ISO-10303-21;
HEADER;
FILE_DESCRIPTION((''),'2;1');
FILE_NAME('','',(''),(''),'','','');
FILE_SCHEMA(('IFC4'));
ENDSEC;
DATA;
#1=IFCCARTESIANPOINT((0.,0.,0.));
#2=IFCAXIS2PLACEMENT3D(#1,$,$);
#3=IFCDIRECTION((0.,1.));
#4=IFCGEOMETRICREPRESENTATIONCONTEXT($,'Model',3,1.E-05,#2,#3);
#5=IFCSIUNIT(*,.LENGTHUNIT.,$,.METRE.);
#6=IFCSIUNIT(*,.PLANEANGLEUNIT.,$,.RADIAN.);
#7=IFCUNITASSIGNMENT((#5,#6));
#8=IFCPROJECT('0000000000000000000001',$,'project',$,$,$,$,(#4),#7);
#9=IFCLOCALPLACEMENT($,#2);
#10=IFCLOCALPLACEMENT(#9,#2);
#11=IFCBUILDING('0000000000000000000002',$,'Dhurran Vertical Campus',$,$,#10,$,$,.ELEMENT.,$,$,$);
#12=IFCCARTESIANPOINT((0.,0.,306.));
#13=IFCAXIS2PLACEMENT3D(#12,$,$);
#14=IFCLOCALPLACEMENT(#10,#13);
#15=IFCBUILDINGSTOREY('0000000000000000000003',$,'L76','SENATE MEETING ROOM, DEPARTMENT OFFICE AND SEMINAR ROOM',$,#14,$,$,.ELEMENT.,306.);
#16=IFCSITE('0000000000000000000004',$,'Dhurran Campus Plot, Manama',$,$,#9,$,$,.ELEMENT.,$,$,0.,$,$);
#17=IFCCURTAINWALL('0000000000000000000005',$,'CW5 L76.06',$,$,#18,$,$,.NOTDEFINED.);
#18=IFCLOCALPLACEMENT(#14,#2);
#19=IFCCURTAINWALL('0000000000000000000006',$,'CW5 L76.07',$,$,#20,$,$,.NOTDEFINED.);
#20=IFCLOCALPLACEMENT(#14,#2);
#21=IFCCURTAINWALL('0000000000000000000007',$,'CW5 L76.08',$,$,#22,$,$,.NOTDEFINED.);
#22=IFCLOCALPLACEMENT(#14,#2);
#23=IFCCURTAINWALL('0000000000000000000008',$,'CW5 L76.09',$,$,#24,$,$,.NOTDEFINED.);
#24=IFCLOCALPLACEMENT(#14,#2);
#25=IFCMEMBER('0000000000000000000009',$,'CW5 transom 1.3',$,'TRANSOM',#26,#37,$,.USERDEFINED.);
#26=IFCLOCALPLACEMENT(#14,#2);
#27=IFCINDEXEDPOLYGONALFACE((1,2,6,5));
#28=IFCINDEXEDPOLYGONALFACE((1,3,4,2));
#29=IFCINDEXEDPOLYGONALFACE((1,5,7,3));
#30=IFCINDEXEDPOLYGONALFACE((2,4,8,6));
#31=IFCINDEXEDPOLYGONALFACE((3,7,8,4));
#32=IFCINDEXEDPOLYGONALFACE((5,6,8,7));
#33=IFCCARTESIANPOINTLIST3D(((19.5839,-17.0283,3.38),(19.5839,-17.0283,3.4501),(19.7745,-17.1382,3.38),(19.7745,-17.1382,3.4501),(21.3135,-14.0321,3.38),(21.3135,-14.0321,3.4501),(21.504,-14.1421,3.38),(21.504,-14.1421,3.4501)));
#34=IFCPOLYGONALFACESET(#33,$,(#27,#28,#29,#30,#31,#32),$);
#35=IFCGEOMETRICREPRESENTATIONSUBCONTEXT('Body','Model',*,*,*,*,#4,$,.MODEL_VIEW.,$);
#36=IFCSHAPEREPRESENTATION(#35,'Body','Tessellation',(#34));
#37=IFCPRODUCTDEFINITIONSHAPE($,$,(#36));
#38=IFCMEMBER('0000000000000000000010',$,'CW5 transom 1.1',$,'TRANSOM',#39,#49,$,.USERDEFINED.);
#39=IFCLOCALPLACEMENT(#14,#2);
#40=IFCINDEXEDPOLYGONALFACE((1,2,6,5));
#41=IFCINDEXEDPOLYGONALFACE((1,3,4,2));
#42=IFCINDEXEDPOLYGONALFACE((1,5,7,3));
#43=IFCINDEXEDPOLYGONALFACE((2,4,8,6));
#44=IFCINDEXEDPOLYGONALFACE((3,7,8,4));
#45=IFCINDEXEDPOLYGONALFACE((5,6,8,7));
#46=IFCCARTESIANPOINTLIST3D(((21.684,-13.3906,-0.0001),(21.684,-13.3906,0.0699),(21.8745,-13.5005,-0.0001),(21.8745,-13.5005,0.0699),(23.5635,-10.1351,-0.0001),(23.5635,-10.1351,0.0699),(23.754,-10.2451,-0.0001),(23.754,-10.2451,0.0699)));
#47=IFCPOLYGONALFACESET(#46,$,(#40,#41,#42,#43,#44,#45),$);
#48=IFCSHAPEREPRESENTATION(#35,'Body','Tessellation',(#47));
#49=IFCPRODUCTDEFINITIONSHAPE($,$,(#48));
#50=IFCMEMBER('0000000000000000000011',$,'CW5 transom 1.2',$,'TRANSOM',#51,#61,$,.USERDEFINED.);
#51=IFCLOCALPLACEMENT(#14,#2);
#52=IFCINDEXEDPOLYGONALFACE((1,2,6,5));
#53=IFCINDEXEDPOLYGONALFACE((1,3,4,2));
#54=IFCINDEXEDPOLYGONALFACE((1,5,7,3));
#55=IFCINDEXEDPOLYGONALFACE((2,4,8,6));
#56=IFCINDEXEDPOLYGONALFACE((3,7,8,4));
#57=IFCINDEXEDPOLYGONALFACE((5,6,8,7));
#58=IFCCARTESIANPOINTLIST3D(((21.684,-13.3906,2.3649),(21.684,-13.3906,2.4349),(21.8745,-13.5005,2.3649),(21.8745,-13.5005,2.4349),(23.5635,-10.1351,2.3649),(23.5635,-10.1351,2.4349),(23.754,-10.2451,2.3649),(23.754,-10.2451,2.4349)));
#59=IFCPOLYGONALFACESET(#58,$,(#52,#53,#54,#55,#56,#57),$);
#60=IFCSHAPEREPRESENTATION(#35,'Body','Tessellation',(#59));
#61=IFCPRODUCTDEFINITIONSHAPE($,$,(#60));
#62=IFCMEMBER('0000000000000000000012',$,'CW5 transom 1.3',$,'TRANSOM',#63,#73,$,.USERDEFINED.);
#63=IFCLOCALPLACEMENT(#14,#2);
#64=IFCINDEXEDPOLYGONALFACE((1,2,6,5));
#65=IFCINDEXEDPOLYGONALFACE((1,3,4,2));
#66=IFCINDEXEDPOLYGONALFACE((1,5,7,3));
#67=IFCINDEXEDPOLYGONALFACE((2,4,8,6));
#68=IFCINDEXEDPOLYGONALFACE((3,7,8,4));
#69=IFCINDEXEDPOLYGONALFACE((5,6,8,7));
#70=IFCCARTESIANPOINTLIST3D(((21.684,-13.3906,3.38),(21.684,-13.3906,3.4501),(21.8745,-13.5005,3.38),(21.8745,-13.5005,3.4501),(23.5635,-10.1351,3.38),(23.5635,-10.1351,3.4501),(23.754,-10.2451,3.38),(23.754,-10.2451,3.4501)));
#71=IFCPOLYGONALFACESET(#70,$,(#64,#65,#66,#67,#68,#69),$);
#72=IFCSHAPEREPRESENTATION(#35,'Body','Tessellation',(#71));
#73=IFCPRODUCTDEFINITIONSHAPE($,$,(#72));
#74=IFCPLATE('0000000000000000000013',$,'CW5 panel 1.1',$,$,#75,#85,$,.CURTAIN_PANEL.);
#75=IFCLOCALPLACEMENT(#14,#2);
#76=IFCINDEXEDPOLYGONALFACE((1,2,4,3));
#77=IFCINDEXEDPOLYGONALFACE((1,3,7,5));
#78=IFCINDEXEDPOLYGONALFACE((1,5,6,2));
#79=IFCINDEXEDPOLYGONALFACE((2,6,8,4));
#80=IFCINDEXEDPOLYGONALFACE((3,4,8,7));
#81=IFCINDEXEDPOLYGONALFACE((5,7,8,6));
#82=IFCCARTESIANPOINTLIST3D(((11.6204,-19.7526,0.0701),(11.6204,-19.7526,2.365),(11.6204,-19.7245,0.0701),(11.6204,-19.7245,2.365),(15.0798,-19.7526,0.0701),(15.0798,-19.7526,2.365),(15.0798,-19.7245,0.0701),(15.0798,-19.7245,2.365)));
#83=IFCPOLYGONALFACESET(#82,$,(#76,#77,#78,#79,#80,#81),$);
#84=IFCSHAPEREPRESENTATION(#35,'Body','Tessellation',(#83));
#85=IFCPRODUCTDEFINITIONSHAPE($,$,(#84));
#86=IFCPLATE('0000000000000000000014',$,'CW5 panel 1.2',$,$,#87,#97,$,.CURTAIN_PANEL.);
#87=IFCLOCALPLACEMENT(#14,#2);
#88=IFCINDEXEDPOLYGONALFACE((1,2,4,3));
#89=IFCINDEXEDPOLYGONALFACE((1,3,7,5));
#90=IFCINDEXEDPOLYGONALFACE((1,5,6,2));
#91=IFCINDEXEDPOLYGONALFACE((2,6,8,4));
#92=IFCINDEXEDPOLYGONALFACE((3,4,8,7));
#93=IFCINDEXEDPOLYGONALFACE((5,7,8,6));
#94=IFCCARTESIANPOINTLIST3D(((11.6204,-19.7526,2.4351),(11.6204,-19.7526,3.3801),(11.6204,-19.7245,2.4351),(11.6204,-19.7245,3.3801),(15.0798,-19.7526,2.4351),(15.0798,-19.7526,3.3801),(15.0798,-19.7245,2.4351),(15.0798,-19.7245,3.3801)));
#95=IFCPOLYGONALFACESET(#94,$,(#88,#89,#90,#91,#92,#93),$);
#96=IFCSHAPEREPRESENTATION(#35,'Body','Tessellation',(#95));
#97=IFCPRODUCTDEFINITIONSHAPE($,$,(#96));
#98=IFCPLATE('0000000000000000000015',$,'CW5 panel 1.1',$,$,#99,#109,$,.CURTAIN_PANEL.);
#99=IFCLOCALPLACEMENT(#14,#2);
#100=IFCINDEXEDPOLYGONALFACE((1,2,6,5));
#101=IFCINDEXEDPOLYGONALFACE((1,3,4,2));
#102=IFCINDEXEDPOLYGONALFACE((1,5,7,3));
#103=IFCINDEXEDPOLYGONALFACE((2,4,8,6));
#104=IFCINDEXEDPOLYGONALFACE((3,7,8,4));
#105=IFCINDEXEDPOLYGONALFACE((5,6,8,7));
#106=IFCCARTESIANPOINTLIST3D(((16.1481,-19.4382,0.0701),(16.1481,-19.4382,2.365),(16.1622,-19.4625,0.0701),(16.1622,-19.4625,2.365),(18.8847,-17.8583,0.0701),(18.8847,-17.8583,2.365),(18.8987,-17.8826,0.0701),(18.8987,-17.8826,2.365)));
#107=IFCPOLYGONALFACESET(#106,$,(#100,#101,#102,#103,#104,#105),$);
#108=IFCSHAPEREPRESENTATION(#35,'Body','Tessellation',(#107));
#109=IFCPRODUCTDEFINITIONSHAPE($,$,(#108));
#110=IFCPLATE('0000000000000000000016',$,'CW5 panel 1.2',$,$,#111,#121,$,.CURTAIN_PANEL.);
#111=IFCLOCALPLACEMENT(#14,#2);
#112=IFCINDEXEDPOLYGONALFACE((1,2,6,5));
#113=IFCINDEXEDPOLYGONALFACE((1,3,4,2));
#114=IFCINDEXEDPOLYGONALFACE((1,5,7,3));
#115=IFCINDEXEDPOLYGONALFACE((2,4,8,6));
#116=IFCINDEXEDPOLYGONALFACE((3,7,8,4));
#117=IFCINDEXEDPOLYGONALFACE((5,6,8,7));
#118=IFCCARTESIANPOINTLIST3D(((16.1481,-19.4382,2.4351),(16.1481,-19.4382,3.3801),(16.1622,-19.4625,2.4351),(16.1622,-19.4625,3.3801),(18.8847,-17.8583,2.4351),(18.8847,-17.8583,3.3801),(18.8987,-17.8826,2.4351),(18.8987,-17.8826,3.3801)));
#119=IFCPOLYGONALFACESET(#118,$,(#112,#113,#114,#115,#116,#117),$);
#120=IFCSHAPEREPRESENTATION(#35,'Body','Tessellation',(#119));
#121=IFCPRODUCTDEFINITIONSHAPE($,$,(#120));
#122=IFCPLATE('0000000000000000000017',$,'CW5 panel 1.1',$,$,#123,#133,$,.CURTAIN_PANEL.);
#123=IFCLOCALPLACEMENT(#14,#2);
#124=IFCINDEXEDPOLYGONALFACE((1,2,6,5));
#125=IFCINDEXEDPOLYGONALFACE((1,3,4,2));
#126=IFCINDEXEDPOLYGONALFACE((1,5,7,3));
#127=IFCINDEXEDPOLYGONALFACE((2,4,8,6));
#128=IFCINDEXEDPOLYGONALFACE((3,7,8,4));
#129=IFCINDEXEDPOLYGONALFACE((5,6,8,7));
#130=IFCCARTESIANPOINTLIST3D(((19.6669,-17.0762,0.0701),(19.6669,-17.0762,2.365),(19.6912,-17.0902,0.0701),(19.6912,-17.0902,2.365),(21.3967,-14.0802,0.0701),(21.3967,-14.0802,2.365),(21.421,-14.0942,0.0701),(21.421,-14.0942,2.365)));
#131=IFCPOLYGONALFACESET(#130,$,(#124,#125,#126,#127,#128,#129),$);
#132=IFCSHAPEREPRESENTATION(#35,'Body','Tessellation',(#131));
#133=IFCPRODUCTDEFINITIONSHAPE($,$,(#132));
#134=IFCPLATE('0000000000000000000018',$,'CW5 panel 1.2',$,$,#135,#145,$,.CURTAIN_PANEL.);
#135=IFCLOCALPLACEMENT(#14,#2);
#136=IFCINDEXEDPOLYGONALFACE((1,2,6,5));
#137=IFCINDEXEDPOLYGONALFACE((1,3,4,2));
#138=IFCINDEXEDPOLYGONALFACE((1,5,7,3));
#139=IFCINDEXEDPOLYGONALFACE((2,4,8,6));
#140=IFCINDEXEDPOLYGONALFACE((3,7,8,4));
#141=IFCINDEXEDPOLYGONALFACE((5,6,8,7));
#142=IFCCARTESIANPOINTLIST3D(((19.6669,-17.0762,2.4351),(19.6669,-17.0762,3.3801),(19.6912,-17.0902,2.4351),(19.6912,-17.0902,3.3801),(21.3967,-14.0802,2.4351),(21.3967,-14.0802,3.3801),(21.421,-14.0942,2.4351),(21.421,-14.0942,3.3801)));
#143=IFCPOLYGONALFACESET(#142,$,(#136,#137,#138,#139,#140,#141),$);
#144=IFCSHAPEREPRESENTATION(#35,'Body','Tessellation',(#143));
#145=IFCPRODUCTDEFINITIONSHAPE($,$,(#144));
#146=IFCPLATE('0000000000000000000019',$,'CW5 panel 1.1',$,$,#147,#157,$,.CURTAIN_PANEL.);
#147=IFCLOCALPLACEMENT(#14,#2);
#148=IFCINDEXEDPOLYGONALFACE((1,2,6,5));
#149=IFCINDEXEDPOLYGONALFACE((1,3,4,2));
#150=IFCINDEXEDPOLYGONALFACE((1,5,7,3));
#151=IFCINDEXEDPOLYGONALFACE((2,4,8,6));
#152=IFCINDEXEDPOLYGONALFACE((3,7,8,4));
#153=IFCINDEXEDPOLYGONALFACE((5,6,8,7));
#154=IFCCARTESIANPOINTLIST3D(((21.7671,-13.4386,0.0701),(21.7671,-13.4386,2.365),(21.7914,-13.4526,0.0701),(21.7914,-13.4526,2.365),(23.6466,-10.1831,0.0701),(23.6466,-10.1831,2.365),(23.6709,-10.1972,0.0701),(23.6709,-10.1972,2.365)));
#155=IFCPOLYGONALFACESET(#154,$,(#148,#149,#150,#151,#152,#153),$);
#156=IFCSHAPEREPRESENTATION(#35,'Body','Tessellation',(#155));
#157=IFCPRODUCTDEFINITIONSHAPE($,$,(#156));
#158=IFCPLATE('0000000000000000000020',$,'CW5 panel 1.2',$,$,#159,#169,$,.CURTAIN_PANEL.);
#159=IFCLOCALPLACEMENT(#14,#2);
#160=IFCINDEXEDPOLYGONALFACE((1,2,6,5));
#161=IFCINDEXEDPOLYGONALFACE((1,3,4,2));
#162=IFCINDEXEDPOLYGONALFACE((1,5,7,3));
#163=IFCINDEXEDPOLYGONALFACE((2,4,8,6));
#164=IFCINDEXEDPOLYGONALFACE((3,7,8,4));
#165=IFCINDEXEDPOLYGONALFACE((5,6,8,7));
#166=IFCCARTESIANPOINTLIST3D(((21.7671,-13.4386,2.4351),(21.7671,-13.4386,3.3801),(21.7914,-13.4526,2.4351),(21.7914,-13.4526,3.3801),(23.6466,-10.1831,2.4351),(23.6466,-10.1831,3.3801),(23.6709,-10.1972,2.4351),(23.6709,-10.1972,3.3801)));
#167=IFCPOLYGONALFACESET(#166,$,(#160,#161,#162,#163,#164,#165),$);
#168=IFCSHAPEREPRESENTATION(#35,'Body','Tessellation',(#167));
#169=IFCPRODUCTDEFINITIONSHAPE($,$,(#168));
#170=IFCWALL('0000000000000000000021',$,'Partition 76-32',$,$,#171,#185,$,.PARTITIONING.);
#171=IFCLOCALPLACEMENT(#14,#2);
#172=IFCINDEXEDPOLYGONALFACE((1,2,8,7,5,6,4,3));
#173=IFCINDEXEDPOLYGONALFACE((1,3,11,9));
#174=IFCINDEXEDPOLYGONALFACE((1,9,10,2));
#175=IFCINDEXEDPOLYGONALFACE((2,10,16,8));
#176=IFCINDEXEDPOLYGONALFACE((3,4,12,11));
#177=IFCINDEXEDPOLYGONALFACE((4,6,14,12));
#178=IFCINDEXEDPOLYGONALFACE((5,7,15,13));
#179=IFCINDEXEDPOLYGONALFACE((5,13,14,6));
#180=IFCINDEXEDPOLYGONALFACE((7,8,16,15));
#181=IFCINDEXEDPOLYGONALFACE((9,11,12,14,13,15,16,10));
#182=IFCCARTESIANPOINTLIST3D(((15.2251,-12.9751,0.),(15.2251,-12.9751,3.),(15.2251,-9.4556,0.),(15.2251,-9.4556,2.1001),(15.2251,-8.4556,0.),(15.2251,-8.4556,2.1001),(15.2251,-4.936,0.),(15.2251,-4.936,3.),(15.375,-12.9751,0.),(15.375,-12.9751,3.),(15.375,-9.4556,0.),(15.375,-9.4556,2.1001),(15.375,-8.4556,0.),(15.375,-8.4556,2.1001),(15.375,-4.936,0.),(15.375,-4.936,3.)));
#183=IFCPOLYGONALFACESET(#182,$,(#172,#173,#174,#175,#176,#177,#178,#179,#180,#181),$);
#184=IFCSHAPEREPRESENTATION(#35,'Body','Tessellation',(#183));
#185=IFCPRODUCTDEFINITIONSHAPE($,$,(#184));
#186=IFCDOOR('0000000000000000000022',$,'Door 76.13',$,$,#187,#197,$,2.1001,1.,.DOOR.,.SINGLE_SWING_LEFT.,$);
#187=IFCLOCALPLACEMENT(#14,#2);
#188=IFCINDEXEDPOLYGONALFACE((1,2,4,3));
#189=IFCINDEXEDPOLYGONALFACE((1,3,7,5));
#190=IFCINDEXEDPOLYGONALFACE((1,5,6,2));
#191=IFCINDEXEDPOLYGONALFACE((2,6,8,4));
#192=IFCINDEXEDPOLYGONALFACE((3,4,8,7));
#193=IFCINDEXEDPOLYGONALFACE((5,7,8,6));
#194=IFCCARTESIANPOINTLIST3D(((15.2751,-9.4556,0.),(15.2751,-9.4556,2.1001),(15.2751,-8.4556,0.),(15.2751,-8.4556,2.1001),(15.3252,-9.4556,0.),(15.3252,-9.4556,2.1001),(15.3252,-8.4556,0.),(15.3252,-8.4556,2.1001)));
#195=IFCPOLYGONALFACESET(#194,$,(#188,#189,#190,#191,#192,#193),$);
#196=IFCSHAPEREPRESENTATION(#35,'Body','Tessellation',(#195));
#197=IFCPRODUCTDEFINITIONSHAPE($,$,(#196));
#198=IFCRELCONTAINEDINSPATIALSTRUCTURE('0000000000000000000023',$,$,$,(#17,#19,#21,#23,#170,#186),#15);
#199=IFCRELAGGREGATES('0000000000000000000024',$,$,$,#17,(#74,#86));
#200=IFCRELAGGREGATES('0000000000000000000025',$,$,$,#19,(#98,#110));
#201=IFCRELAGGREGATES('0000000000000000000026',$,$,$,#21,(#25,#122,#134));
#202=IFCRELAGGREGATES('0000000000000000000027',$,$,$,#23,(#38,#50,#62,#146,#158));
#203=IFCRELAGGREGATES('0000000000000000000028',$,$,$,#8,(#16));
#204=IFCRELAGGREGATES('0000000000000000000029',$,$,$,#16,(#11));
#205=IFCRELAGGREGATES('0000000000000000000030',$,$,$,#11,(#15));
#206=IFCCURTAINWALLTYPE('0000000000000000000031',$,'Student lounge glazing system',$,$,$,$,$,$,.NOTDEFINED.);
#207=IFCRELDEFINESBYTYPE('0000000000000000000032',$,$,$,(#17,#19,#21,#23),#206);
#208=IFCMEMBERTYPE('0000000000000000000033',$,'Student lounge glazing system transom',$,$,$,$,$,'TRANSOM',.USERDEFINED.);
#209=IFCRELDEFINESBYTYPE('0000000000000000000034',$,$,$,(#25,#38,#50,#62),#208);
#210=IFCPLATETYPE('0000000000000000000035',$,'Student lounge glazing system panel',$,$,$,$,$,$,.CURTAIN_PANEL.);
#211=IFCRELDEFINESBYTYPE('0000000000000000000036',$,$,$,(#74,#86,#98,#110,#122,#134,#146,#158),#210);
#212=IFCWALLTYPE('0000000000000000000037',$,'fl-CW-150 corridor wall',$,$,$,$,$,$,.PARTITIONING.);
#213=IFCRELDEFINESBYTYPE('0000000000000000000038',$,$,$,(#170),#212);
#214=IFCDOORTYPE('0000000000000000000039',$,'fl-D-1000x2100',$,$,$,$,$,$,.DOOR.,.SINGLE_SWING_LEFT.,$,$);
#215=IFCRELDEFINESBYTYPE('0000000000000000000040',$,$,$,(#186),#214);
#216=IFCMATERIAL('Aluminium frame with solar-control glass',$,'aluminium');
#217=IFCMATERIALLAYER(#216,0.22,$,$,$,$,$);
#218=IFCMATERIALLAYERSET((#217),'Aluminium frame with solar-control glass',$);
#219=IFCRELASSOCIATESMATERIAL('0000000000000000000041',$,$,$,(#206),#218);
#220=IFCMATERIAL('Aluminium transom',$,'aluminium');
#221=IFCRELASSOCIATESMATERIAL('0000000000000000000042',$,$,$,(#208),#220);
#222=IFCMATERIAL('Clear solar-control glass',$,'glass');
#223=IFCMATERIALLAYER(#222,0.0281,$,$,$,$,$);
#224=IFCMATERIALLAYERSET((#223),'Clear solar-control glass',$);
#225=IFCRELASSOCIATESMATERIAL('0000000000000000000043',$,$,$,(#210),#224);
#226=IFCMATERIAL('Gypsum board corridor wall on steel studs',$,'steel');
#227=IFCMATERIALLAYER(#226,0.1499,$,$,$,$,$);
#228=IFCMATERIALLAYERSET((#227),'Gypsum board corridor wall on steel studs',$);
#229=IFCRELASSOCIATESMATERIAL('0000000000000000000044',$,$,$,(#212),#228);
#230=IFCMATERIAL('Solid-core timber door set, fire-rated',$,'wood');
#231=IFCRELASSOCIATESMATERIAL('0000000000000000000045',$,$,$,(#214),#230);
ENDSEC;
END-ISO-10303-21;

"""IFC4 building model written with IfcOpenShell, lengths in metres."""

from ifc_helpers import new_model, si_unit, direction, frame, frame_2d, origin, origin_2d, place, context, subcontext, project, spatial, rectangle, extrude, material, layer, layer_set, material_profile, profile_set, type_object, element, fill, aggregate, save


model = new_model("IFC4")

# Units and contexts
model_context = context("Model", 3, precision=1e-05, world=origin(), true_north=direction((0.0, 1.0)))
body_context = subcontext(model_context, "Body", "Model", "MODEL_VIEW")
ifc_project = project(units=[si_unit("LENGTHUNIT", "METRE"), si_unit("PLANEANGLEUNIT", "RADIAN")], contexts=[model_context])

# Site, building, storey
site_placement = place(None, origin())
site = spatial("IfcSite", under=ifc_project, at=site_placement, Name="Dhurran Campus Plot, Manama", CompositionType="ELEMENT", RefElevation=0.0)
building_placement = place(site_placement, origin())
building = spatial("IfcBuilding", under=site, at=building_placement, Name="Dhurran Vertical Campus", CompositionType="ELEMENT")
storey_placement = place(building_placement, frame((0.0, 0.0, 306.0)))
storey = spatial("IfcBuildingStorey", under=building, at=storey_placement, Name="L76", Description="SENATE MEETING ROOM, DEPARTMENT OFFICE AND SEMINAR ROOM", CompositionType="ELEMENT", Elevation=306.0)

# Curtain wall
ifc_material_1 = material(Name="Aluminium frame with solar-control glass", Category="aluminium")
ifc_layer_1 = layer(ifc_material_1, 0.22)
ifc_layer_set_1 = layer_set([ifc_layer_1], Name="Aluminium frame with solar-control glass")
curtain_wall_type = type_object("IfcCurtainWallType", Name="Student lounge glazing system", PredefinedType="NOTDEFINED", material=ifc_layer_set_1)
curtain_wall_1_placement = place(storey_placement, origin())
curtain_wall_1 = element("IfcCurtainWall", 1, at=curtain_wall_1_placement, inside=storey, type_object=curtain_wall_type, Name="CW5 L76.06", PredefinedType="NOTDEFINED")

# Curtain walls
curtain_wall_2_placement = place(storey_placement, origin())
curtain_wall_2 = element("IfcCurtainWall", 2, at=curtain_wall_2_placement, inside=storey, type_object=curtain_wall_type, Name="CW5 L76.07", PredefinedType="NOTDEFINED")
curtain_wall_3_placement = place(storey_placement, origin())
curtain_wall_3 = element("IfcCurtainWall", 3, at=curtain_wall_3_placement, inside=storey, type_object=curtain_wall_type, Name="CW5 L76.08", PredefinedType="NOTDEFINED")

# Curtain wall
curtain_wall_4_placement = place(storey_placement, origin())
curtain_wall_4 = element("IfcCurtainWall", 4, at=curtain_wall_4_placement, inside=storey, type_object=curtain_wall_type, Name="CW5 L76.09", PredefinedType="NOTDEFINED")

# Members
ifc_material_2 = material(Name="Aluminium transom", Category="aluminium")
ifc_material_profile_1 = material_profile(ifc_material_2, rectangle(XDim=0.22, YDim=0.0701, at=origin_2d()), Name="Student lounge glazing system transom")
ifc_profile_set_1 = profile_set([ifc_material_profile_1], Name="Aluminium transom")
member_type_1 = type_object("IfcMemberType", Name="Student lounge glazing system transom", ElementType="TRANSOM", PredefinedType="USERDEFINED", material=ifc_profile_set_1)
member_1_placement = place(storey_placement, frame((19.6792, -17.0833, 3.415), z_axis=(0.499934, 0.866063, 0.0), x_axis=(-0.866063, 0.499934, 0.0)))
member_1 = element("IfcMember", 5, at=member_1_placement, type_object=member_type_1, Name="CW5 transom 1.3", ObjectType="TRANSOM", PredefinedType="USERDEFINED", context=body_context, shape_type="SweptSolid", body=[
    extrude(rectangle(XDim=0.22, YDim=0.0701, at=origin_2d()), origin(), (0.0, 0.0, 1.0), 3.4595),
])
member_2_placement = place(storey_placement, frame((21.7793, -13.4456, 0.0349), z_axis=(0.499981, 0.866036, 0.0), x_axis=(-0.866036, 0.499981, 0.0)))
member_2 = element("IfcMember", 6, at=member_2_placement, type_object=member_type_1, Name="CW5 transom 1.1", ObjectType="TRANSOM", PredefinedType="USERDEFINED", context=body_context, shape_type="SweptSolid", body=[
    extrude(rectangle(XDim=0.22, YDim=0.0701, at=origin_2d()), origin(), (0.0, 0.0, 1.0), 3.759),
])
member_3_placement = place(storey_placement, frame((21.7793, -13.4456, 2.3999), z_axis=(0.499981, 0.866036, 0.0), x_axis=(-0.866036, 0.499981, 0.0)))
member_3 = element("IfcMember", 7, at=member_3_placement, type_object=member_type_1, Name="CW5 transom 1.2", ObjectType="TRANSOM", PredefinedType="USERDEFINED", context=body_context, shape_type="SweptSolid", body=[
    extrude(rectangle(XDim=0.22, YDim=0.0701, at=origin_2d()), origin(), (0.0, 0.0, 1.0), 3.759),
])
member_4_placement = place(storey_placement, frame((21.7793, -13.4456, 3.415), z_axis=(0.499981, 0.866036, 0.0), x_axis=(-0.866036, 0.499981, 0.0)))
member_4 = element("IfcMember", 8, at=member_4_placement, type_object=member_type_1, Name="CW5 transom 1.3", ObjectType="TRANSOM", PredefinedType="USERDEFINED", context=body_context, shape_type="SweptSolid", body=[
    extrude(rectangle(XDim=0.22, YDim=0.0701, at=origin_2d()), origin(), (0.0, 0.0, 1.0), 3.759),
])

# Plates
ifc_material_3 = material(Name="Clear solar-control glass", Category="glass")
ifc_layer_2 = layer(ifc_material_3, 0.0281)
ifc_layer_set_2 = layer_set([ifc_layer_2], Name="Clear solar-control glass")
plate_type = type_object("IfcPlateType", Name="Student lounge glazing system panel", PredefinedType="CURTAIN_PANEL", material=ifc_layer_set_2)
plate_1_placement = place(storey_placement, frame((13.3501, -19.7385, 0.0701), z_axis=(0.0, 0.0, 1.0), x_axis=(1.0, 0.0, 0.0)))
plate_1 = element("IfcPlate", 9, at=plate_1_placement, type_object=plate_type, Name="CW5 panel 1.1", PredefinedType="CURTAIN_PANEL", context=body_context, shape_type="SweptSolid", body=[
    extrude(rectangle(XDim=3.4595, YDim=0.0281, at=origin_2d()), origin(), (0.0, 0.0, 1.0), 2.2949),
])
plate_2_placement = place(storey_placement, frame((13.3501, -19.7385, 2.4351), z_axis=(0.0, 0.0, 1.0), x_axis=(1.0, 0.0, 0.0)))
plate_2 = element("IfcPlate", 10, at=plate_2_placement, type_object=plate_type, Name="CW5 panel 1.2", PredefinedType="CURTAIN_PANEL", context=body_context, shape_type="SweptSolid", body=[
    extrude(rectangle(XDim=3.4595, YDim=0.0281, at=origin_2d()), origin(), (0.0, 0.0, 1.0), 0.9451),
])
aggregate(curtain_wall_1, [plate_1, plate_2])
plate_3_placement = place(storey_placement, frame((17.5234, -18.6604, 0.0701), z_axis=(0.0, 0.0, 1.0), x_axis=(0.866025, 0.500001, 0.0)))
plate_3 = element("IfcPlate", 11, at=plate_3_placement, type_object=plate_type, Name="CW5 panel 1.1", PredefinedType="CURTAIN_PANEL", context=body_context, shape_type="SweptSolid", body=[
    extrude(rectangle(XDim=3.1599, YDim=0.0281, at=origin_2d()), origin(), (0.0, 0.0, 1.0), 2.2949),
])
plate_4_placement = place(storey_placement, frame((17.5234, -18.6604, 2.4351), z_axis=(0.0, 0.0, 1.0), x_axis=(0.866025, 0.500001, 0.0)))
plate_4 = element("IfcPlate", 12, at=plate_4_placement, type_object=plate_type, Name="CW5 panel 1.2", PredefinedType="CURTAIN_PANEL", context=body_context, shape_type="SweptSolid", body=[
    extrude(rectangle(XDim=3.1599, YDim=0.0281, at=origin_2d()), origin(), (0.0, 0.0, 1.0), 0.9451),
])
aggregate(curtain_wall_2, [plate_3, plate_4])
plate_5_placement = place(storey_placement, frame((20.5439, -15.5852, 0.0701), z_axis=(0.0, 0.0, 1.0), x_axis=(0.499997, 0.866027, 0.0)))
plate_5 = element("IfcPlate", 13, at=plate_5_placement, type_object=plate_type, Name="CW5 panel 1.1", PredefinedType="CURTAIN_PANEL", context=body_context, shape_type="SweptSolid", body=[
    extrude(rectangle(XDim=3.4595, YDim=0.0281, at=origin_2d()), origin(), (0.0, 0.0, 1.0), 2.2949),
])
plate_6_placement = place(storey_placement, frame((20.5439, -15.5852, 2.4351), z_axis=(0.0, 0.0, 1.0), x_axis=(0.499997, 0.866027, 0.0)))
plate_6 = element("IfcPlate", 14, at=plate_6_placement, type_object=plate_type, Name="CW5 panel 1.2", PredefinedType="CURTAIN_PANEL", context=body_context, shape_type="SweptSolid", body=[
    extrude(rectangle(XDim=3.4595, YDim=0.0281, at=origin_2d()), origin(), (0.0, 0.0, 1.0), 0.9451),
])
aggregate(curtain_wall_3, [member_1, plate_5, plate_6])
plate_7_placement = place(storey_placement, frame((22.719, -11.8179, 0.0701), z_axis=(0.0, 0.0, 1.0), x_axis=(0.500004, 0.866023, 0.0)))
plate_7 = element("IfcPlate", 15, at=plate_7_placement, type_object=plate_type, Name="CW5 panel 1.1", PredefinedType="CURTAIN_PANEL", context=body_context, shape_type="SweptSolid", body=[
    extrude(rectangle(XDim=3.759, YDim=0.0281, at=origin_2d()), origin(), (0.0, 0.0, 1.0), 2.2949),
])
plate_8_placement = place(storey_placement, frame((22.719, -11.8179, 2.4351), z_axis=(0.0, 0.0, 1.0), x_axis=(0.500004, 0.866023, 0.0)))
plate_8 = element("IfcPlate", 16, at=plate_8_placement, type_object=plate_type, Name="CW5 panel 1.2", PredefinedType="CURTAIN_PANEL", context=body_context, shape_type="SweptSolid", body=[
    extrude(rectangle(XDim=3.759, YDim=0.0281, at=origin_2d()), origin(), (0.0, 0.0, 1.0), 0.9451),
])
aggregate(curtain_wall_4, [member_2, member_3, member_4, plate_7, plate_8])

# Wall, opening, door
ifc_material_4 = material(Name="Gypsum board corridor wall on steel studs", Category="steel")
ifc_layer_3 = layer(ifc_material_4, 0.1499)
ifc_layer_set_3 = layer_set([ifc_layer_3], Name="Gypsum board corridor wall on steel studs")
wall_type = type_object("IfcWallType", Name="fl-CW-150 corridor wall", PredefinedType="PARTITIONING", material=ifc_layer_set_3)
wall_placement = place(storey_placement, frame((15.3, -12.9751, 0.0), z_axis=(0.0, 0.0, 1.0), x_axis=(0.0, 1.0, 0.0)))
wall = element("IfcWall", 17, at=wall_placement, inside=storey, type_object=wall_type, Name="Partition 76-32", PredefinedType="PARTITIONING", context=body_context, shape_type="SweptSolid", body=[
    extrude(rectangle(XDim=8.0391, YDim=0.1499, at=frame_2d((4.0195, 0.0))), origin(), (0.0, 0.0, 1.0), 3.0),
])
opening_placement = place(wall_placement, frame((3.5195, 0.0, 0.0)))
opening = element("IfcOpeningElement", 18, at=opening_placement, cuts=wall, PredefinedType="OPENING", context=body_context, shape_type="SweptSolid", body=[
    extrude(rectangle(XDim=1.0, YDim=2.1001, at=frame_2d((0.5, 1.05))), frame((0.0, 0.085, 0.0), z_axis=(0.0, -1.0, 0.0), x_axis=(1.0, 0.0, 0.0)), (0.0, 0.0, 1.0), 0.1699),
])
ifc_material_5 = material(Name="Solid-core timber door set, fire-rated", Category="wood")
door_type = type_object("IfcDoorType", Name="fl-D-1000x2100", OperationType="SINGLE_SWING_LEFT", PredefinedType="DOOR", material=ifc_material_5)
door_placement = place(opening_placement, origin())
door = element("IfcDoor", 19, at=door_placement, inside=storey, type_object=door_type, Name="Door 76.13", OperationType="SINGLE_SWING_LEFT", OverallHeight=2.1001, OverallWidth=1.0, PredefinedType="DOOR", context=body_context, shape_type="SweptSolid", body=[
    extrude(rectangle(XDim=1.0, YDim=2.1001, at=frame_2d((0.5, 1.05))), frame((0.0, 0.0249, 0.0), z_axis=(0.0, -1.0, 0.0), x_axis=(1.0, 0.0, 0.0)), (0.0, 0.0, 1.0), 0.05),
])
fill(opening, door)

save(model, "model.ifc")
